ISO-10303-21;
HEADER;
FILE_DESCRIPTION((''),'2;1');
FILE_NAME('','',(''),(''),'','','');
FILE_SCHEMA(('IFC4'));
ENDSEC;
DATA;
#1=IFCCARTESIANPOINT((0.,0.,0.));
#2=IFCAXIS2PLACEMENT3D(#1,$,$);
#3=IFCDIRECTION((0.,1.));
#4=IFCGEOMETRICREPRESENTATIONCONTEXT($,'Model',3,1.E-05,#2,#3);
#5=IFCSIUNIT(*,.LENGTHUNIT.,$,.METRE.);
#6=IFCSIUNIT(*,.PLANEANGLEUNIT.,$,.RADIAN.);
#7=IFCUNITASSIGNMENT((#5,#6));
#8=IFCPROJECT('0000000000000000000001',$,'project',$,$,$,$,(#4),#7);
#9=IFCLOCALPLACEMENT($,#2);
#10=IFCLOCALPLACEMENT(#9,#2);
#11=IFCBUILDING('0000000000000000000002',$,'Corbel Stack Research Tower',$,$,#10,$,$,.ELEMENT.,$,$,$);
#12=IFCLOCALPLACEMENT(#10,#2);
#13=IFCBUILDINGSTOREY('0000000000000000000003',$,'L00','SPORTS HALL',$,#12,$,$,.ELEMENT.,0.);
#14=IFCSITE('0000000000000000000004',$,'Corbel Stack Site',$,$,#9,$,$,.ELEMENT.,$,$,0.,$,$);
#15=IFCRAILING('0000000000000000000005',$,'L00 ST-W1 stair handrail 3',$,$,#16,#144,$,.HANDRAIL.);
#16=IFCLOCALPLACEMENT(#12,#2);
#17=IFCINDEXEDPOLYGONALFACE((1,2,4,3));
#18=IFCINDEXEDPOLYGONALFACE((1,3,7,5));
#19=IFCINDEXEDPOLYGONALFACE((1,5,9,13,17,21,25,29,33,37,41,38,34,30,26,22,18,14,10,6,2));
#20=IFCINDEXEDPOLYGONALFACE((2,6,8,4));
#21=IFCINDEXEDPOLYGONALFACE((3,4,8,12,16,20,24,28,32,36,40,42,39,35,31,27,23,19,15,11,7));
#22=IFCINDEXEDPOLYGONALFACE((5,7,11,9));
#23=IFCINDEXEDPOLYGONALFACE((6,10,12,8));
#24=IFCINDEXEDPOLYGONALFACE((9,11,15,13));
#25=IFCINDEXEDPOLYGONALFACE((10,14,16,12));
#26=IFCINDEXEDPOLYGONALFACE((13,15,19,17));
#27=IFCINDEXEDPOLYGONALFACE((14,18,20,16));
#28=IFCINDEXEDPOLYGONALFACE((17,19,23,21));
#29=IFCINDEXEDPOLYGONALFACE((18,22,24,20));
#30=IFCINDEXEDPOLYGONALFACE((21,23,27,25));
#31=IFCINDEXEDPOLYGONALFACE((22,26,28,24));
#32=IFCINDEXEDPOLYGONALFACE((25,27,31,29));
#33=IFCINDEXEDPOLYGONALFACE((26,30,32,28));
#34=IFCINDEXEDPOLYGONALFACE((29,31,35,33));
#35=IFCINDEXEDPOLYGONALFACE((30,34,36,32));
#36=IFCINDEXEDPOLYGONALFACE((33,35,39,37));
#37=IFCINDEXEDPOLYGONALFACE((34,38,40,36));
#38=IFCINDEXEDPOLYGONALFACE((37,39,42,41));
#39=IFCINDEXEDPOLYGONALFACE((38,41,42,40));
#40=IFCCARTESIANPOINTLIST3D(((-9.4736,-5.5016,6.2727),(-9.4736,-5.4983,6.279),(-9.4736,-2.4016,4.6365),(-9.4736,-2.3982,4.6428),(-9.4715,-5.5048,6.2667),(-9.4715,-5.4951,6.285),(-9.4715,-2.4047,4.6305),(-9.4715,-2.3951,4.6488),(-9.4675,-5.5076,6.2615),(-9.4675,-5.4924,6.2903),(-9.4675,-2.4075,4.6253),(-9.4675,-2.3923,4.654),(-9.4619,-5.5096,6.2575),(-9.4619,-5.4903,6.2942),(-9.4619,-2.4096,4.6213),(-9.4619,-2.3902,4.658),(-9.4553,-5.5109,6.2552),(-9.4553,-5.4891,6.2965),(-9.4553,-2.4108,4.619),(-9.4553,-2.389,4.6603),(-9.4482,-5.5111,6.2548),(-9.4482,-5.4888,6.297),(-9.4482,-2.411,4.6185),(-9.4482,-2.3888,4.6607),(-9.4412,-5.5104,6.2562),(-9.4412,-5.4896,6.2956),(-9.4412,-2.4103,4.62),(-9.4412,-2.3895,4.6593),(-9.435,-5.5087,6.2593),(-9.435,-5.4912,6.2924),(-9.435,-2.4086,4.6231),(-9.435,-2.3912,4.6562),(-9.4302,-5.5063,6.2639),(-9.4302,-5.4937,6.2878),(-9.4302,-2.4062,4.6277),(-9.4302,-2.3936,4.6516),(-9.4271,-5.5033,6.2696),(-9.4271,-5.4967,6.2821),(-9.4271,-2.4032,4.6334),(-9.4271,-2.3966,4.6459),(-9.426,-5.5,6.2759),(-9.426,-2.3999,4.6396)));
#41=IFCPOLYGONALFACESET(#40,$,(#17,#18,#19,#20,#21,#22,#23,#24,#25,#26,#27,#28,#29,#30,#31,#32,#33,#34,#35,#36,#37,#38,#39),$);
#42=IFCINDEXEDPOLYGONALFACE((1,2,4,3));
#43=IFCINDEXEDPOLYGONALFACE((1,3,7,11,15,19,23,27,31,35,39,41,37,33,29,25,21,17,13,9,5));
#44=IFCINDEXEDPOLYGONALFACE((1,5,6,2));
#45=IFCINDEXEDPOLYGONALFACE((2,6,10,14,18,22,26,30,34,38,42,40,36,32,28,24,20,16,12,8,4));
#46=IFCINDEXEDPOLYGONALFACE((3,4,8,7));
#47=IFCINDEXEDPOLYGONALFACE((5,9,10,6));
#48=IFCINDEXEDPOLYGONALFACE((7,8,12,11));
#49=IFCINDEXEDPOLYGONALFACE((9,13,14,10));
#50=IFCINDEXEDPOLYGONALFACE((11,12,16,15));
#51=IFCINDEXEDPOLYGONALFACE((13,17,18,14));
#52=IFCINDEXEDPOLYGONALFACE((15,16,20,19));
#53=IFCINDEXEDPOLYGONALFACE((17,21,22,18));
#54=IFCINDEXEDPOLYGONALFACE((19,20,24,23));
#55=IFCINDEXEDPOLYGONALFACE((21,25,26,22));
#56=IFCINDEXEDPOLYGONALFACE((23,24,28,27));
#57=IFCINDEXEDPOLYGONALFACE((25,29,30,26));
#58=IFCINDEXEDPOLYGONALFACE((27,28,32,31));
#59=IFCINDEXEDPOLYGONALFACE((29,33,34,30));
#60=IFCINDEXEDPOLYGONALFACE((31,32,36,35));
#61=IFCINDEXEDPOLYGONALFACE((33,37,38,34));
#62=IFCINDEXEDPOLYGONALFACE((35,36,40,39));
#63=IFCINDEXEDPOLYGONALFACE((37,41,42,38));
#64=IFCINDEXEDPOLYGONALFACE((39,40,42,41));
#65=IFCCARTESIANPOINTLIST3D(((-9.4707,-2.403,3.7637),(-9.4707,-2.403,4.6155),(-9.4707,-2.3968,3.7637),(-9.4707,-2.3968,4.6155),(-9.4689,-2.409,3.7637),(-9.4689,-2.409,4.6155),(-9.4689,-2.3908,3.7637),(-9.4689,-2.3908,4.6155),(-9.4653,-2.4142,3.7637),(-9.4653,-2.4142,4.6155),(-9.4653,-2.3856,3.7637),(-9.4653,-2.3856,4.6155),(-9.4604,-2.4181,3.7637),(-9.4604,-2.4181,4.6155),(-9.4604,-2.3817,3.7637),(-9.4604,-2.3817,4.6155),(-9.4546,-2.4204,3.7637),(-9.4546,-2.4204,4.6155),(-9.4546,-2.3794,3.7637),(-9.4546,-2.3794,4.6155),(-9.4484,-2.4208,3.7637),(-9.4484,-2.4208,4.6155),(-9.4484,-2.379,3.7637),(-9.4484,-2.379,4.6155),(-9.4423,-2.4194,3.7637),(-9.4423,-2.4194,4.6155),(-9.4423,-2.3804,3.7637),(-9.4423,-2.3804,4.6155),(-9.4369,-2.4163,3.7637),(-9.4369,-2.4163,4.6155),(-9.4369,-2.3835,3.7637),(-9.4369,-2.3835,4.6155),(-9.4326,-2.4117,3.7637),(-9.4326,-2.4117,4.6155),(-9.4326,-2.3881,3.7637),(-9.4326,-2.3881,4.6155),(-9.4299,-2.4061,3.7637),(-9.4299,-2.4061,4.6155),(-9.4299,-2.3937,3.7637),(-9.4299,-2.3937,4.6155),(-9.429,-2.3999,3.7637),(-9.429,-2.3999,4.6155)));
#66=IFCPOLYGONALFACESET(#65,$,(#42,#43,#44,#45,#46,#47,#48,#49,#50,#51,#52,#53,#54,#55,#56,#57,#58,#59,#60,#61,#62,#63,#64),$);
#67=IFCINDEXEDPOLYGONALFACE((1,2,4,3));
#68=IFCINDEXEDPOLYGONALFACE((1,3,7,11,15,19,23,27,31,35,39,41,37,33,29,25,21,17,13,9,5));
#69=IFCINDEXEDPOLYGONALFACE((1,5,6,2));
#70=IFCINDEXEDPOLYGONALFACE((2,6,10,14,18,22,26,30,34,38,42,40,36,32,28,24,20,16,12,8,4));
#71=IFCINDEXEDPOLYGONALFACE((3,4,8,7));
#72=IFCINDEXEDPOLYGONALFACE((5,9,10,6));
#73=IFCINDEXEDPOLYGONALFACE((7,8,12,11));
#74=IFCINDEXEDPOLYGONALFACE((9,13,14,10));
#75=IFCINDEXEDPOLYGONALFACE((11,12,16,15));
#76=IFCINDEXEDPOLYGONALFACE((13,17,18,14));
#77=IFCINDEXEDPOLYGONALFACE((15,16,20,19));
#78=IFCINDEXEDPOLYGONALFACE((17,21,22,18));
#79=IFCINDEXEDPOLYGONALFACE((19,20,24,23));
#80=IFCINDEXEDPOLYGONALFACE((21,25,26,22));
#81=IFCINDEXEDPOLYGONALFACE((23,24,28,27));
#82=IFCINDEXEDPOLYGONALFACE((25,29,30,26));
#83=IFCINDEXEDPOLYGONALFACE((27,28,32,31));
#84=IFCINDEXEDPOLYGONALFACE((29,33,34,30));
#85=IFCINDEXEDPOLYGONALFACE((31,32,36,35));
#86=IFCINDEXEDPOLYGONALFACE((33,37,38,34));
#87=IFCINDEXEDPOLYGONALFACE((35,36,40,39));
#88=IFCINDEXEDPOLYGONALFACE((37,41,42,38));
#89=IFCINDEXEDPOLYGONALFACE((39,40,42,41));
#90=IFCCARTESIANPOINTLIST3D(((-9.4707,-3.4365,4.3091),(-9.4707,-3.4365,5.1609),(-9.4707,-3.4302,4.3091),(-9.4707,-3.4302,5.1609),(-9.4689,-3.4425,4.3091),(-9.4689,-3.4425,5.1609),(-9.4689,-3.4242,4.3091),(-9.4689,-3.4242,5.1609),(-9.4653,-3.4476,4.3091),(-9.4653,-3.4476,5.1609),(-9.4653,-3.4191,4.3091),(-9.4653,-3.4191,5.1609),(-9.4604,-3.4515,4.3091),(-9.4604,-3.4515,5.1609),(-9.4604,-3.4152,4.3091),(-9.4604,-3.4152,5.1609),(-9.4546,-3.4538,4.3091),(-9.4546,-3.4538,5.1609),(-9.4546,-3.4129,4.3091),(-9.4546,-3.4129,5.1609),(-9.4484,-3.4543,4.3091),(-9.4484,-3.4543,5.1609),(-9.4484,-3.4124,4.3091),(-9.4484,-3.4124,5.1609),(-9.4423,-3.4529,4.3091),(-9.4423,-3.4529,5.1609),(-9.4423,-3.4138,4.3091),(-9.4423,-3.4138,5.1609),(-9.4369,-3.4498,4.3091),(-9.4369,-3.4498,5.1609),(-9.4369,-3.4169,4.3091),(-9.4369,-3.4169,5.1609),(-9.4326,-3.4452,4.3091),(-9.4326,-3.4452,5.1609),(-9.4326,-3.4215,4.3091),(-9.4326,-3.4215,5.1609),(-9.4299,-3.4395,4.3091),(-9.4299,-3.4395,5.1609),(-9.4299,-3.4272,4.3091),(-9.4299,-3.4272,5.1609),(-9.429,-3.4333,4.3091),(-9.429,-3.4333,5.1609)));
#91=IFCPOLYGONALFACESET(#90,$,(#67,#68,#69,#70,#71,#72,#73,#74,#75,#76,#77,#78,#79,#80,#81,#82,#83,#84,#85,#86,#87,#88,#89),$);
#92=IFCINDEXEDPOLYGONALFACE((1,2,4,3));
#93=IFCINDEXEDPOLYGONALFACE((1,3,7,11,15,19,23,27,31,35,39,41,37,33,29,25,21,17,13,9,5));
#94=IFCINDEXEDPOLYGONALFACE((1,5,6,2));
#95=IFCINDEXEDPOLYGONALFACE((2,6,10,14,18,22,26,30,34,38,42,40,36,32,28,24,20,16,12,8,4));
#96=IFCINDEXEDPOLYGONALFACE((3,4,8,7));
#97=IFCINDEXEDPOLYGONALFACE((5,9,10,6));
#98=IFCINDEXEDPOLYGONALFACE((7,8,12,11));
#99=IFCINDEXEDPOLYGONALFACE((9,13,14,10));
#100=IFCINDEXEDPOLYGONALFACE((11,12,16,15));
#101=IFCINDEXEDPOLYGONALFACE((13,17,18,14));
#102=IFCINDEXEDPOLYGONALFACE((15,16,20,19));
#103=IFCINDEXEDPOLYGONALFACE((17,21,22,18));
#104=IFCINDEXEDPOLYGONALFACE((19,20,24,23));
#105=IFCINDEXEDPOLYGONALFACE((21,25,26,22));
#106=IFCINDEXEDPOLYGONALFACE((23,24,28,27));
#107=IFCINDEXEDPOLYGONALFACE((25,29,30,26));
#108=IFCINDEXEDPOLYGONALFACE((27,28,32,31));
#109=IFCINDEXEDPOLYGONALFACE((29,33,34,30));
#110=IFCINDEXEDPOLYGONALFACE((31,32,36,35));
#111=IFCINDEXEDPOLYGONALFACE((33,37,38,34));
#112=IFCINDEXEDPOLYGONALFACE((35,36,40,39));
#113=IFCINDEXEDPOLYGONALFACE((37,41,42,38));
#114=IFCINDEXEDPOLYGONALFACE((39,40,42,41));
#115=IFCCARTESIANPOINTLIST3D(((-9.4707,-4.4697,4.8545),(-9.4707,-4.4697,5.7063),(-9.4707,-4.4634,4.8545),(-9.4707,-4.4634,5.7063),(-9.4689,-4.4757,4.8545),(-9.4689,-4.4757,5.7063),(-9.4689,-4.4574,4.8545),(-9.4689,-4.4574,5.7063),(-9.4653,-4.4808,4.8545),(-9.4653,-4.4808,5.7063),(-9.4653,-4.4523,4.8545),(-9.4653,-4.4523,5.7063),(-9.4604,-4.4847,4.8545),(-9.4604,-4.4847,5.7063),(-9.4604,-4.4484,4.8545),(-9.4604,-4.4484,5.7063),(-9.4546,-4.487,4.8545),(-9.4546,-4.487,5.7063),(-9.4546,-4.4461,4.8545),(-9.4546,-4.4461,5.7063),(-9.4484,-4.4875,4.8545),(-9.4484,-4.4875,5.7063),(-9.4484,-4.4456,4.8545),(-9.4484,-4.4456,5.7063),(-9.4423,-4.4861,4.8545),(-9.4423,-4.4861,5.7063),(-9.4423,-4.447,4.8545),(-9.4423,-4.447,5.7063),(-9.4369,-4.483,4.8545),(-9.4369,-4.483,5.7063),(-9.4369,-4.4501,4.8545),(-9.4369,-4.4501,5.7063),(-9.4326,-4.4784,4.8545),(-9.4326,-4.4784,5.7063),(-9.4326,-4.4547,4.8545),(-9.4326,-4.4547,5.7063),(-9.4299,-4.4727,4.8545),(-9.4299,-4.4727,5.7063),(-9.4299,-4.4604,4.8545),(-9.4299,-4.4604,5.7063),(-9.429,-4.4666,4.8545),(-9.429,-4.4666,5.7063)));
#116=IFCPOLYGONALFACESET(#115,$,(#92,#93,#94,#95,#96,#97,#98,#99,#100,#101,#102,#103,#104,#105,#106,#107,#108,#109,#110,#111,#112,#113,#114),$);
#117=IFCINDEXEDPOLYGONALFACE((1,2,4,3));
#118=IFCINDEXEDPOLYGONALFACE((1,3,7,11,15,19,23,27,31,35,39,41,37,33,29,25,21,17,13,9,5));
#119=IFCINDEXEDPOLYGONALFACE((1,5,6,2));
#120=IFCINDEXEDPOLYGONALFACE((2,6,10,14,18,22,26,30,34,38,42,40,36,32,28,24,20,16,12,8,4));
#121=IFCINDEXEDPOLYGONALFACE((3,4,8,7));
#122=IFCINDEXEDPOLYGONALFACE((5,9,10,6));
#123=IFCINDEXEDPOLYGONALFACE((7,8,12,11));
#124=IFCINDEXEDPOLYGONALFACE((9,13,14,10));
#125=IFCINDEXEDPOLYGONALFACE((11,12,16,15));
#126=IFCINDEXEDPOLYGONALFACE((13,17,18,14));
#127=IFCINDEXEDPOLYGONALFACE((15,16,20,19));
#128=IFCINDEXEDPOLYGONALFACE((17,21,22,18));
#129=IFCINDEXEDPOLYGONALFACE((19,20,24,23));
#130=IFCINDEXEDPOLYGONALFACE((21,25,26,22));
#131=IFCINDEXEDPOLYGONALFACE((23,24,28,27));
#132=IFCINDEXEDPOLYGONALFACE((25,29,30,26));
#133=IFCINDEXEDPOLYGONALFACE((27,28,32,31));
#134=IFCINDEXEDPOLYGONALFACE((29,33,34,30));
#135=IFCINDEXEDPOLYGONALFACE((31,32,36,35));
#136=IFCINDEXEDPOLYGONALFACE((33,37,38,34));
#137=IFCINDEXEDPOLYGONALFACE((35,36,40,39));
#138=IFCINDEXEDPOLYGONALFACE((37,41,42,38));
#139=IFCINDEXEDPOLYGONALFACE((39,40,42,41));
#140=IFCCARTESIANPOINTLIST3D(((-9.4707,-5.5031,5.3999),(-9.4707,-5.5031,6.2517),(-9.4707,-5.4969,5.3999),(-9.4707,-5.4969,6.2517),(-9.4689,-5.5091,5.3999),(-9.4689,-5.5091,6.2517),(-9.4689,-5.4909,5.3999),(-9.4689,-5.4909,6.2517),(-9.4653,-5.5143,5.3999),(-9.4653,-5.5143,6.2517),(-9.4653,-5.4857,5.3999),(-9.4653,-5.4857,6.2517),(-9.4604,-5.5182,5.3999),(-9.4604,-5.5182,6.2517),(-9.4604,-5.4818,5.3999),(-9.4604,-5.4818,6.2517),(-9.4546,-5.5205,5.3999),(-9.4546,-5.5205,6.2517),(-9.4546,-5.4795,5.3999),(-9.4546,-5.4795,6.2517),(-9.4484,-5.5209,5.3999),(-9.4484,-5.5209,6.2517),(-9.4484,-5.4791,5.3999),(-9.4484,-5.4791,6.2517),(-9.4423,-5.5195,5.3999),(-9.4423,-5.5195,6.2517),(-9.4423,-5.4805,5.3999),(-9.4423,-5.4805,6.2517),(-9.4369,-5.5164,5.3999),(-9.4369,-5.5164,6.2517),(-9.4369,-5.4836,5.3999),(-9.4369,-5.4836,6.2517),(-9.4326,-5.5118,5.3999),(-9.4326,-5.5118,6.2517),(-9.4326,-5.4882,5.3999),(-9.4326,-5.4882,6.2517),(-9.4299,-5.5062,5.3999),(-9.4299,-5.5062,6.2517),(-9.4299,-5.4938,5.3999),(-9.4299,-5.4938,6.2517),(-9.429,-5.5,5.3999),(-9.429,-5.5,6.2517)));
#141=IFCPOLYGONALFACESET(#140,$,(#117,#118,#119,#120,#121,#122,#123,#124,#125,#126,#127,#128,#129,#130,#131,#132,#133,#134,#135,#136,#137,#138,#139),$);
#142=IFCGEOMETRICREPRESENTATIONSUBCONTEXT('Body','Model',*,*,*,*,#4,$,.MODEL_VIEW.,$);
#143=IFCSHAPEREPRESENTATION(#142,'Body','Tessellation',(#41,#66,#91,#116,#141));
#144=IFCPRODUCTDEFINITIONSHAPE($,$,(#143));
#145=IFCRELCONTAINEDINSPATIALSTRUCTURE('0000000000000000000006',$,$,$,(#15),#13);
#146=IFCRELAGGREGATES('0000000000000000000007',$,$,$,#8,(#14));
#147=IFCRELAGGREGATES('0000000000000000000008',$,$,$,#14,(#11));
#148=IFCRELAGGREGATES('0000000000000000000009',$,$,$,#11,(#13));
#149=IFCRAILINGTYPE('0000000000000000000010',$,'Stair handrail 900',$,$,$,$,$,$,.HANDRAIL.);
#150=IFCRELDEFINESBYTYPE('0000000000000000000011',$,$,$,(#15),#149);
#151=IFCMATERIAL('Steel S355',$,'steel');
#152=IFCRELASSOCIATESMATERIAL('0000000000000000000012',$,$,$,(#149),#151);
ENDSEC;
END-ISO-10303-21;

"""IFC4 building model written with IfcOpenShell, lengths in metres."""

from ifc_helpers import new_model, si_unit, direction, frame, origin, origin_2d, place, context, subcontext, project, spatial, circle, extrude, material, type_object, element, save


model = new_model("IFC4")

# Units and contexts
model_context = context("Model", 3, precision=1e-05, world=origin(), true_north=direction((0.0, 1.0)))
body_context = subcontext(model_context, "Body", "Model", "MODEL_VIEW")
ifc_project = project(units=[si_unit("LENGTHUNIT", "METRE"), si_unit("PLANEANGLEUNIT", "RADIAN")], contexts=[model_context])

# Site, building, storey
site_placement = place(None, origin())
site = spatial("IfcSite", under=ifc_project, at=site_placement, Name="Corbel Stack Site", CompositionType="ELEMENT", RefElevation=0.0)
building_placement = place(site_placement, origin())
building = spatial("IfcBuilding", under=site, at=building_placement, Name="Corbel Stack Research Tower", CompositionType="ELEMENT")
storey_placement = place(building_placement, origin())
storey = spatial("IfcBuildingStorey", under=building, at=storey_placement, Name="L00", Description="SPORTS HALL", CompositionType="ELEMENT", Elevation=0.0)

# Railing
ifc_material_1 = material(Name="Steel S355", Category="steel")
railing_type_1 = type_object("IfcRailingType", Name="Stair handrail 900", PredefinedType="HANDRAIL", material=ifc_material_1)
railing_1_placement = place(storey_placement, frame((-9.45, -2.3999, 3.7637)))
element("IfcRailing", 1, at=railing_1_placement, inside=storey, type_object=railing_type_1, Name="L00 ST-W1 stair handrail 3", PredefinedType="HANDRAIL", context=body_context, shape_type="SweptSolid", body=[
    extrude(circle(Radius=0.0239, at=origin_2d()), frame((0.0, 0.0, 0.876), z_axis=(0.0, -0.884377, 0.466774), x_axis=(1.0, 0.0, 0.0)), (0.0, 0.0, 1.0), 3.5054),
    extrude(circle(Radius=0.021, at=origin_2d()), origin(), (0.0, 0.0, 1.0), 0.8518),
    extrude(circle(Radius=0.021, at=origin_2d()), frame((0.0, -1.0334, 0.5454)), (0.0, 0.0, 1.0), 0.8518),
    extrude(circle(Radius=0.021, at=origin_2d()), frame((0.0, -2.0667, 1.0908)), (0.0, 0.0, 1.0), 0.8518),
    extrude(circle(Radius=0.021, at=origin_2d()), frame((0.0, -3.1001, 1.6362)), (0.0, 0.0, 1.0), 0.8518),
])

save(model, "model.ifc")
